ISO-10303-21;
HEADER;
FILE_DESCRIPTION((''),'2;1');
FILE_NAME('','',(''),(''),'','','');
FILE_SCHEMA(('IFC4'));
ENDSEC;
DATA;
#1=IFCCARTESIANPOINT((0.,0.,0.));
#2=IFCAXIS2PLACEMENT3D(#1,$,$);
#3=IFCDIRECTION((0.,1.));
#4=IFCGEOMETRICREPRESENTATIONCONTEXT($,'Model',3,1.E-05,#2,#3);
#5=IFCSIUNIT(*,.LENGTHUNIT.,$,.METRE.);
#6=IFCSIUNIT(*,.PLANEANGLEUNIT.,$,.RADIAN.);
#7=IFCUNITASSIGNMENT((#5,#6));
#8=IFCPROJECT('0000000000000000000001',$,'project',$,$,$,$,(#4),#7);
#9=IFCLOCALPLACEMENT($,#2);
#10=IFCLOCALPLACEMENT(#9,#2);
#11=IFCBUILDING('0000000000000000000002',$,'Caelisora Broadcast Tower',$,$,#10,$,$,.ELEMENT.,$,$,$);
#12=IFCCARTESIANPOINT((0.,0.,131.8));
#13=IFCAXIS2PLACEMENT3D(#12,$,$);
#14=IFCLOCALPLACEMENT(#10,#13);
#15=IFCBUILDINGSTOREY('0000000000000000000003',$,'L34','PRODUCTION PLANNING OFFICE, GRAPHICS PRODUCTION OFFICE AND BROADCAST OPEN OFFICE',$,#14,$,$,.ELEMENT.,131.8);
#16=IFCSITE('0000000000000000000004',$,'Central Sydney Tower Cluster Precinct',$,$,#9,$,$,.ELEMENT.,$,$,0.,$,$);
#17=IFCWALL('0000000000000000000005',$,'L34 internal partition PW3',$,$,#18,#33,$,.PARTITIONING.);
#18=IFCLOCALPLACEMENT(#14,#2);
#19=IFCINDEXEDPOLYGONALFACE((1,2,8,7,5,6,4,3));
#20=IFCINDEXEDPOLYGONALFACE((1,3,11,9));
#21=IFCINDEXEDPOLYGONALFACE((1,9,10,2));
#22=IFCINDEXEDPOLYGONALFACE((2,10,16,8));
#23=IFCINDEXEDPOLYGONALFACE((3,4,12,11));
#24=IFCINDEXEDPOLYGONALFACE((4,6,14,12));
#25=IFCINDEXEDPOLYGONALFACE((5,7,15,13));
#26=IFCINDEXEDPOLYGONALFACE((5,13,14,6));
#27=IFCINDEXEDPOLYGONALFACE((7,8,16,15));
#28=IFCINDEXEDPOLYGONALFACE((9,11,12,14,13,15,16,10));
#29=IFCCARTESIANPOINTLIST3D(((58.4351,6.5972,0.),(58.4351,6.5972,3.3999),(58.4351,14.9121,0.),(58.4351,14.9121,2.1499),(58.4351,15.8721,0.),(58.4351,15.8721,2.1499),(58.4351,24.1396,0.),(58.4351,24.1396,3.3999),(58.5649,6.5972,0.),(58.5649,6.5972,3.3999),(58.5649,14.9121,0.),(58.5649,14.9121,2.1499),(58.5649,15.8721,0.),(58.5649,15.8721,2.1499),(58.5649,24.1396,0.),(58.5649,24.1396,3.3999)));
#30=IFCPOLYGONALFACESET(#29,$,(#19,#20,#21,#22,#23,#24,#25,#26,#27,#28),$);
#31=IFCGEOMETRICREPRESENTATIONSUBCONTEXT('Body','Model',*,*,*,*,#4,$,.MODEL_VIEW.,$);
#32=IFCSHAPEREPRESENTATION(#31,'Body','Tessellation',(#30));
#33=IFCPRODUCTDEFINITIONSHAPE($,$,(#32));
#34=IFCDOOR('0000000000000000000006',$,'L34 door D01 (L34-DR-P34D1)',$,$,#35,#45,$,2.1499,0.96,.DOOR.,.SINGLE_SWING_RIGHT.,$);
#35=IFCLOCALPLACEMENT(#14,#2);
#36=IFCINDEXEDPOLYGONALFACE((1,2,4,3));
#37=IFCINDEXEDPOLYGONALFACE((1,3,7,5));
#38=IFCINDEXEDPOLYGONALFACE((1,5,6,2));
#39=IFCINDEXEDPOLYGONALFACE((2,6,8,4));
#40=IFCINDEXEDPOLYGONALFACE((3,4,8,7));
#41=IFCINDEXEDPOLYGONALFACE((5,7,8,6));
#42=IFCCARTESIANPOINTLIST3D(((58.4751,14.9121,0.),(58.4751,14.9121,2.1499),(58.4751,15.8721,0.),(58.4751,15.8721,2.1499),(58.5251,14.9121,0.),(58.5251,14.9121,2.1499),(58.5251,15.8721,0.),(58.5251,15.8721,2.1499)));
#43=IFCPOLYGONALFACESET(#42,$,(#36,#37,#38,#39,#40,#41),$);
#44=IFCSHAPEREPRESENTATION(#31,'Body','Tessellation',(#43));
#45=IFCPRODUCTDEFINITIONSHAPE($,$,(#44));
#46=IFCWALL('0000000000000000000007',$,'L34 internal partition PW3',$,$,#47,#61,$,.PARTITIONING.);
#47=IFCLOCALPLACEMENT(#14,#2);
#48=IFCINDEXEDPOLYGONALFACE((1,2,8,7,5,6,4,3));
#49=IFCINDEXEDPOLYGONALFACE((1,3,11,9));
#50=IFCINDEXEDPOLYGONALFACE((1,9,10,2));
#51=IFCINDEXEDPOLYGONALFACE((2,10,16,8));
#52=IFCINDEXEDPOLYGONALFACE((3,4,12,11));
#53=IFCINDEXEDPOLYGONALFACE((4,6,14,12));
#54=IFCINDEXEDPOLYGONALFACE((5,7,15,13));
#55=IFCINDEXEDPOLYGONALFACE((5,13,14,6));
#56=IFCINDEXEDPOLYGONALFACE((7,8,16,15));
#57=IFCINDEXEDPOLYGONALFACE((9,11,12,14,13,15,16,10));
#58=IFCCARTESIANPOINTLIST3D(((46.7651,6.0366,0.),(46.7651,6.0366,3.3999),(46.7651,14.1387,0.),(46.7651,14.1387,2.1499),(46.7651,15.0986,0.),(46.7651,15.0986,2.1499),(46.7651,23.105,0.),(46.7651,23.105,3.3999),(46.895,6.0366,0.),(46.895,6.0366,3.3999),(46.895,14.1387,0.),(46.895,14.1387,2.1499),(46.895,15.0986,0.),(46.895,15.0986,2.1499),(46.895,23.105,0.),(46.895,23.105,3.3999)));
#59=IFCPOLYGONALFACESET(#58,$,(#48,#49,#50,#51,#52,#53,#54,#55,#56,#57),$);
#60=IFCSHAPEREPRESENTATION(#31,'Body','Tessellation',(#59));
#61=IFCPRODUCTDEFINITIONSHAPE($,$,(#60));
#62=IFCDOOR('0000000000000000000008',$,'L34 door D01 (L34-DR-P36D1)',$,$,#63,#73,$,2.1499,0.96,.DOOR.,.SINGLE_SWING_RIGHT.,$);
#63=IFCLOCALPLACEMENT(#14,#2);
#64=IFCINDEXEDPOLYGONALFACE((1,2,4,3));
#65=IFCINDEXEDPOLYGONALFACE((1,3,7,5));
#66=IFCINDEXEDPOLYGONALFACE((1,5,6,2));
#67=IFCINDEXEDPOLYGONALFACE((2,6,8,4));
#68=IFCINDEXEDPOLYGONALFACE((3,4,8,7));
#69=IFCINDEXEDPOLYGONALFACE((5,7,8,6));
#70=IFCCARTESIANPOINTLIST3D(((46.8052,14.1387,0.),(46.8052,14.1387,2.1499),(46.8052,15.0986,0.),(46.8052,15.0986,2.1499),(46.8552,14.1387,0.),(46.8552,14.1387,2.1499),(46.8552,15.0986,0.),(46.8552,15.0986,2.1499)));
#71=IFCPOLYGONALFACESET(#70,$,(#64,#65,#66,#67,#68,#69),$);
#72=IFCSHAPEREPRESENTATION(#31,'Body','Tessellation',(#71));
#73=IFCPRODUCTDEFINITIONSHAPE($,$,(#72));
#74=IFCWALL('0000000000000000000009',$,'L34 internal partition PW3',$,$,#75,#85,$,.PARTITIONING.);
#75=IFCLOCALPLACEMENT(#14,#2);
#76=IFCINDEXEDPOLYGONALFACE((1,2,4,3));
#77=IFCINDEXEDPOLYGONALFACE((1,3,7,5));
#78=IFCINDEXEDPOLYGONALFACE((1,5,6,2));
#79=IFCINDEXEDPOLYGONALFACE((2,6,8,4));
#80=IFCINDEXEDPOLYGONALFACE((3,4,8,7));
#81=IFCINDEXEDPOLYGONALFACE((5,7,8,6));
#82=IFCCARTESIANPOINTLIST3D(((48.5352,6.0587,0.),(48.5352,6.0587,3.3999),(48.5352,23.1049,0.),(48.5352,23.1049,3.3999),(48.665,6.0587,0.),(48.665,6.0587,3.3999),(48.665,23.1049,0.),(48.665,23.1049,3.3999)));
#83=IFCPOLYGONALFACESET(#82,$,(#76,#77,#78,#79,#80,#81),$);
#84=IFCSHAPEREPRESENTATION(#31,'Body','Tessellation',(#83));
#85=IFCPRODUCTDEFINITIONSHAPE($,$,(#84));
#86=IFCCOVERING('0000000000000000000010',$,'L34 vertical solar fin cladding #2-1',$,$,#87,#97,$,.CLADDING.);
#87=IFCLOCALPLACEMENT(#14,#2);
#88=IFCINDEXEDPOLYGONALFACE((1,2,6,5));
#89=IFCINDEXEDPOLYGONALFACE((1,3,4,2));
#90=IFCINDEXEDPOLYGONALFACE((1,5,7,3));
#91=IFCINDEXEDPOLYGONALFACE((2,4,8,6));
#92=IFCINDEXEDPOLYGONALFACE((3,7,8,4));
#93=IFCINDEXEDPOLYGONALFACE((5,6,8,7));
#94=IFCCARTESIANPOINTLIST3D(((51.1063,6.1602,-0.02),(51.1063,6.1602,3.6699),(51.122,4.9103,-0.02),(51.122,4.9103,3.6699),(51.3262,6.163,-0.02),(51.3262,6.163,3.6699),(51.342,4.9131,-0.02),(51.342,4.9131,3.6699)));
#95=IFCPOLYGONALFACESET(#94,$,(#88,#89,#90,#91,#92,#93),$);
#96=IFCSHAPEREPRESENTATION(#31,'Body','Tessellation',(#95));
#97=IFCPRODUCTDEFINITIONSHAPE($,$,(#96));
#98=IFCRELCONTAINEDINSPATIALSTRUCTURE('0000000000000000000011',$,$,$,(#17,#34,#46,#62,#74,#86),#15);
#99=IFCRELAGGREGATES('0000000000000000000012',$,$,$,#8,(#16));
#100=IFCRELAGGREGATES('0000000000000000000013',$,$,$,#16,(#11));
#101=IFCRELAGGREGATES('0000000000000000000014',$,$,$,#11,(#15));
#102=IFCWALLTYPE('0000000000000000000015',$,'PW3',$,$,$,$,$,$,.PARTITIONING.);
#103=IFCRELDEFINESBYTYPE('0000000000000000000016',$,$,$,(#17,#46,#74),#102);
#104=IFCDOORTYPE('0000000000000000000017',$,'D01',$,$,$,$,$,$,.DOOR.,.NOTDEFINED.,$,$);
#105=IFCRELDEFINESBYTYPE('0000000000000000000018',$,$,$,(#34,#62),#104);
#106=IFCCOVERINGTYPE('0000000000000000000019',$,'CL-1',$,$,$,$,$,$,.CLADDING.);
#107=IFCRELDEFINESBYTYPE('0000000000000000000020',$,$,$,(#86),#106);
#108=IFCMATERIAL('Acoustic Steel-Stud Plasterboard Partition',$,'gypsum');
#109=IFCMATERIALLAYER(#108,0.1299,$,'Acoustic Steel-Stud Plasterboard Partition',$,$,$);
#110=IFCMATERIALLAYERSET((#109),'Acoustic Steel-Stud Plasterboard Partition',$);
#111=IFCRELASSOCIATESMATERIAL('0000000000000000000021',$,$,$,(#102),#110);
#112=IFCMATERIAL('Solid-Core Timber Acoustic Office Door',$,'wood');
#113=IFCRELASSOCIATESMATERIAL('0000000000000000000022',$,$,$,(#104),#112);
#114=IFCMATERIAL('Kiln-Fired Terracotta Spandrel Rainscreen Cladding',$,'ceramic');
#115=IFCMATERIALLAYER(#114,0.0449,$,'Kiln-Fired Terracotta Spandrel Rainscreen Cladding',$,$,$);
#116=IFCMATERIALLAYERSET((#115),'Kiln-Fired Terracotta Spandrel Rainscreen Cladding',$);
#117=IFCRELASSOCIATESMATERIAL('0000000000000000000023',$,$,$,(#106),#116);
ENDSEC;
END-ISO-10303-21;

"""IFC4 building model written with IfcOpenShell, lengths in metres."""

from ifc_helpers import new_model, si_unit, direction, frame, frame_2d, origin, origin_2d, place, context, subcontext, project, spatial, rectangle, extrude, source, transform, mapped, material, layer, layer_set, type_object, type_shapes, element, fill, save


model = new_model("IFC4")

# Units and contexts
model_context = context("Model", 3, precision=1e-05, world=origin(), true_north=direction((0.0, 1.0)))
body_context = subcontext(model_context, "Body", "Model", "MODEL_VIEW")
ifc_project = project(units=[si_unit("LENGTHUNIT", "METRE"), si_unit("PLANEANGLEUNIT", "RADIAN")], contexts=[model_context])

# Site, building, storey
site_placement = place(None, origin())
site = spatial("IfcSite", under=ifc_project, at=site_placement, Name="Central Sydney Tower Cluster Precinct", CompositionType="ELEMENT", RefElevation=0.0)
building_placement = place(site_placement, origin())
building = spatial("IfcBuilding", under=site, at=building_placement, Name="Caelisora Broadcast Tower", CompositionType="ELEMENT")
storey_placement = place(building_placement, frame((0.0, 0.0, 131.8)))
storey = spatial("IfcBuildingStorey", under=building, at=storey_placement, Name="L34", Description="PRODUCTION PLANNING OFFICE, GRAPHICS PRODUCTION OFFICE AND BROADCAST OPEN OFFICE", CompositionType="ELEMENT", Elevation=131.8)

# Shared definitions
ifc_material_1 = material(Name="Acoustic Steel-Stud Plasterboard Partition", Category="gypsum")
ifc_layer_1 = layer(ifc_material_1, 0.1299, Name="Acoustic Steel-Stud Plasterboard Partition")
ifc_layer_set_1 = layer_set([ifc_layer_1], Name="Acoustic Steel-Stud Plasterboard Partition")
wall_type_1 = type_object("IfcWallType", Name="PW3", PredefinedType="PARTITIONING", material=ifc_layer_set_1)

# Walls, openings, doors
ifc_material_2 = material(Name="Solid-Core Timber Acoustic Office Door", Category="wood")
door_type = type_object("IfcDoorType", Name="D01", OperationType="NOTDEFINED", PredefinedType="DOOR", material=ifc_material_2)
wall_1_placement = place(storey_placement, frame((58.5, 6.5972, 0.0), z_axis=(0.0, 0.0, 1.0), x_axis=(0.0, 1.0, 0.0)))
wall_1 = element("IfcWall", 1, at=wall_1_placement, inside=storey, type_object=wall_type_1, Name="L34 internal partition PW3", PredefinedType="PARTITIONING", context=body_context, shape_type="SweptSolid", body=[
    extrude(rectangle(XDim=17.5425, YDim=0.1299, at=frame_2d((8.7712, 0.0))), origin(), (0.0, 0.0, 1.0), 3.3999),
])
opening_1_placement = place(wall_1_placement, frame((8.3149, 0.0, 0.0)))
opening_1 = element("IfcOpeningElement", 2, at=opening_1_placement, cuts=wall_1, PredefinedType="OPENING", context=body_context, shape_type="SweptSolid", body=[
    extrude(rectangle(XDim=0.96, YDim=2.1499, at=frame_2d((0.48, 1.075))), frame((0.0, 0.0769, 0.0), z_axis=(0.0, -1.0, 0.0), x_axis=(1.0, 0.0, 0.0)), (0.0, 0.0, 1.0), 0.1538),
])
door_1_placement = place(opening_1_placement, origin())
door_1 = element("IfcDoor", 3, at=door_1_placement, inside=storey, type_object=door_type, Name="L34 door D01 (L34-DR-P34D1)", OperationType="SINGLE_SWING_RIGHT", OverallHeight=2.1499, OverallWidth=0.96, PredefinedType="DOOR", context=body_context, shape_type="SweptSolid", body=[
    extrude(rectangle(XDim=0.96, YDim=2.1499, at=frame_2d((0.48, 1.075))), frame((0.0, 0.0249, 0.0), z_axis=(0.0, -1.0, 0.0), x_axis=(1.0, 0.0, 0.0)), (0.0, 0.0, 1.0), 0.05),
])
fill(opening_1, door_1)
wall_2_placement = place(storey_placement, frame((46.8301, 6.0366, 0.0), z_axis=(0.0, 0.0, 1.0), x_axis=(0.0, 1.0, 0.0)))
wall_2 = element("IfcWall", 4, at=wall_2_placement, inside=storey, type_object=wall_type_1, Name="L34 internal partition PW3", PredefinedType="PARTITIONING", context=body_context, shape_type="SweptSolid", body=[
    extrude(rectangle(XDim=17.0684, YDim=0.1299, at=frame_2d((8.5342, 0.0))), origin(), (0.0, 0.0, 1.0), 3.3999),
])
opening_2_placement = place(wall_2_placement, frame((8.1021, 0.0, 0.0)))
opening_2 = element("IfcOpeningElement", 5, at=opening_2_placement, cuts=wall_2, PredefinedType="OPENING", context=body_context, shape_type="SweptSolid", body=[
    extrude(rectangle(XDim=0.96, YDim=2.1499, at=frame_2d((0.48, 1.075))), frame((0.0, 0.0769, 0.0), z_axis=(0.0, -1.0, 0.0), x_axis=(1.0, 0.0, 0.0)), (0.0, 0.0, 1.0), 0.1538),
])
door_2_placement = place(opening_2_placement, origin())
door_2 = element("IfcDoor", 6, at=door_2_placement, inside=storey, type_object=door_type, Name="L34 door D01 (L34-DR-P36D1)", OperationType="SINGLE_SWING_RIGHT", OverallHeight=2.1499, OverallWidth=0.96, PredefinedType="DOOR", context=body_context, shape_type="SweptSolid", body=[
    extrude(rectangle(XDim=0.96, YDim=2.1499, at=frame_2d((0.48, 1.075))), frame((0.0, 0.0249, 0.0), z_axis=(0.0, -1.0, 0.0), x_axis=(1.0, 0.0, 0.0)), (0.0, 0.0, 1.0), 0.05),
])
fill(opening_2, door_2)

# Wall
wall_3_placement = place(storey_placement, frame((48.6001, 6.0588, 0.0), z_axis=(0.0, 0.0, 1.0), x_axis=(0.0, 1.0, 0.0)))
element("IfcWall", 7, at=wall_3_placement, inside=storey, type_object=wall_type_1, Name="L34 internal partition PW3", PredefinedType="PARTITIONING", context=body_context, shape_type="SweptSolid", body=[
    extrude(rectangle(XDim=17.0461, YDim=0.1299, at=frame_2d((8.5229, 0.0))), origin(), (0.0, 0.0, 1.0), 3.3999),
])

# Covering
ifc_material_3 = material(Name="Kiln-Fired Terracotta Spandrel Rainscreen Cladding", Category="ceramic")
ifc_layer_2 = layer(ifc_material_3, 0.0449, Name="Kiln-Fired Terracotta Spandrel Rainscreen Cladding")
ifc_layer_set_2 = layer_set([ifc_layer_2], Name="Kiln-Fired Terracotta Spandrel Rainscreen Cladding")
covering_type = type_object("IfcCoveringType", Name="CL-1", PredefinedType="CLADDING", material=ifc_layer_set_2)
shared_shape_1 = source(origin(), body_context, "Body", "SweptSolid", [
    extrude(rectangle(XDim=0.22, YDim=1.25, at=origin_2d()), origin(), (0.0, 0.0, 1.0), 3.6899),
])
type_shapes(covering_type, [shared_shape_1])
covering_placement = place(storey_placement, frame((51.2241, 5.5366, -0.02), z_axis=(0.0, 0.0, 1.0), x_axis=(-0.999921, -0.012566, 0.0)))
element("IfcCovering", 8, at=covering_placement, inside=storey, type_object=covering_type, Name="L34 vertical solar fin cladding #2-1", PredefinedType="CLADDING", context=body_context, shape_type="MappedRepresentation", body=[
    mapped(shared_shape_1, transform((0.0, 0.0, 0.0), scale=1.0)),
])

save(model, "model.ifc")
